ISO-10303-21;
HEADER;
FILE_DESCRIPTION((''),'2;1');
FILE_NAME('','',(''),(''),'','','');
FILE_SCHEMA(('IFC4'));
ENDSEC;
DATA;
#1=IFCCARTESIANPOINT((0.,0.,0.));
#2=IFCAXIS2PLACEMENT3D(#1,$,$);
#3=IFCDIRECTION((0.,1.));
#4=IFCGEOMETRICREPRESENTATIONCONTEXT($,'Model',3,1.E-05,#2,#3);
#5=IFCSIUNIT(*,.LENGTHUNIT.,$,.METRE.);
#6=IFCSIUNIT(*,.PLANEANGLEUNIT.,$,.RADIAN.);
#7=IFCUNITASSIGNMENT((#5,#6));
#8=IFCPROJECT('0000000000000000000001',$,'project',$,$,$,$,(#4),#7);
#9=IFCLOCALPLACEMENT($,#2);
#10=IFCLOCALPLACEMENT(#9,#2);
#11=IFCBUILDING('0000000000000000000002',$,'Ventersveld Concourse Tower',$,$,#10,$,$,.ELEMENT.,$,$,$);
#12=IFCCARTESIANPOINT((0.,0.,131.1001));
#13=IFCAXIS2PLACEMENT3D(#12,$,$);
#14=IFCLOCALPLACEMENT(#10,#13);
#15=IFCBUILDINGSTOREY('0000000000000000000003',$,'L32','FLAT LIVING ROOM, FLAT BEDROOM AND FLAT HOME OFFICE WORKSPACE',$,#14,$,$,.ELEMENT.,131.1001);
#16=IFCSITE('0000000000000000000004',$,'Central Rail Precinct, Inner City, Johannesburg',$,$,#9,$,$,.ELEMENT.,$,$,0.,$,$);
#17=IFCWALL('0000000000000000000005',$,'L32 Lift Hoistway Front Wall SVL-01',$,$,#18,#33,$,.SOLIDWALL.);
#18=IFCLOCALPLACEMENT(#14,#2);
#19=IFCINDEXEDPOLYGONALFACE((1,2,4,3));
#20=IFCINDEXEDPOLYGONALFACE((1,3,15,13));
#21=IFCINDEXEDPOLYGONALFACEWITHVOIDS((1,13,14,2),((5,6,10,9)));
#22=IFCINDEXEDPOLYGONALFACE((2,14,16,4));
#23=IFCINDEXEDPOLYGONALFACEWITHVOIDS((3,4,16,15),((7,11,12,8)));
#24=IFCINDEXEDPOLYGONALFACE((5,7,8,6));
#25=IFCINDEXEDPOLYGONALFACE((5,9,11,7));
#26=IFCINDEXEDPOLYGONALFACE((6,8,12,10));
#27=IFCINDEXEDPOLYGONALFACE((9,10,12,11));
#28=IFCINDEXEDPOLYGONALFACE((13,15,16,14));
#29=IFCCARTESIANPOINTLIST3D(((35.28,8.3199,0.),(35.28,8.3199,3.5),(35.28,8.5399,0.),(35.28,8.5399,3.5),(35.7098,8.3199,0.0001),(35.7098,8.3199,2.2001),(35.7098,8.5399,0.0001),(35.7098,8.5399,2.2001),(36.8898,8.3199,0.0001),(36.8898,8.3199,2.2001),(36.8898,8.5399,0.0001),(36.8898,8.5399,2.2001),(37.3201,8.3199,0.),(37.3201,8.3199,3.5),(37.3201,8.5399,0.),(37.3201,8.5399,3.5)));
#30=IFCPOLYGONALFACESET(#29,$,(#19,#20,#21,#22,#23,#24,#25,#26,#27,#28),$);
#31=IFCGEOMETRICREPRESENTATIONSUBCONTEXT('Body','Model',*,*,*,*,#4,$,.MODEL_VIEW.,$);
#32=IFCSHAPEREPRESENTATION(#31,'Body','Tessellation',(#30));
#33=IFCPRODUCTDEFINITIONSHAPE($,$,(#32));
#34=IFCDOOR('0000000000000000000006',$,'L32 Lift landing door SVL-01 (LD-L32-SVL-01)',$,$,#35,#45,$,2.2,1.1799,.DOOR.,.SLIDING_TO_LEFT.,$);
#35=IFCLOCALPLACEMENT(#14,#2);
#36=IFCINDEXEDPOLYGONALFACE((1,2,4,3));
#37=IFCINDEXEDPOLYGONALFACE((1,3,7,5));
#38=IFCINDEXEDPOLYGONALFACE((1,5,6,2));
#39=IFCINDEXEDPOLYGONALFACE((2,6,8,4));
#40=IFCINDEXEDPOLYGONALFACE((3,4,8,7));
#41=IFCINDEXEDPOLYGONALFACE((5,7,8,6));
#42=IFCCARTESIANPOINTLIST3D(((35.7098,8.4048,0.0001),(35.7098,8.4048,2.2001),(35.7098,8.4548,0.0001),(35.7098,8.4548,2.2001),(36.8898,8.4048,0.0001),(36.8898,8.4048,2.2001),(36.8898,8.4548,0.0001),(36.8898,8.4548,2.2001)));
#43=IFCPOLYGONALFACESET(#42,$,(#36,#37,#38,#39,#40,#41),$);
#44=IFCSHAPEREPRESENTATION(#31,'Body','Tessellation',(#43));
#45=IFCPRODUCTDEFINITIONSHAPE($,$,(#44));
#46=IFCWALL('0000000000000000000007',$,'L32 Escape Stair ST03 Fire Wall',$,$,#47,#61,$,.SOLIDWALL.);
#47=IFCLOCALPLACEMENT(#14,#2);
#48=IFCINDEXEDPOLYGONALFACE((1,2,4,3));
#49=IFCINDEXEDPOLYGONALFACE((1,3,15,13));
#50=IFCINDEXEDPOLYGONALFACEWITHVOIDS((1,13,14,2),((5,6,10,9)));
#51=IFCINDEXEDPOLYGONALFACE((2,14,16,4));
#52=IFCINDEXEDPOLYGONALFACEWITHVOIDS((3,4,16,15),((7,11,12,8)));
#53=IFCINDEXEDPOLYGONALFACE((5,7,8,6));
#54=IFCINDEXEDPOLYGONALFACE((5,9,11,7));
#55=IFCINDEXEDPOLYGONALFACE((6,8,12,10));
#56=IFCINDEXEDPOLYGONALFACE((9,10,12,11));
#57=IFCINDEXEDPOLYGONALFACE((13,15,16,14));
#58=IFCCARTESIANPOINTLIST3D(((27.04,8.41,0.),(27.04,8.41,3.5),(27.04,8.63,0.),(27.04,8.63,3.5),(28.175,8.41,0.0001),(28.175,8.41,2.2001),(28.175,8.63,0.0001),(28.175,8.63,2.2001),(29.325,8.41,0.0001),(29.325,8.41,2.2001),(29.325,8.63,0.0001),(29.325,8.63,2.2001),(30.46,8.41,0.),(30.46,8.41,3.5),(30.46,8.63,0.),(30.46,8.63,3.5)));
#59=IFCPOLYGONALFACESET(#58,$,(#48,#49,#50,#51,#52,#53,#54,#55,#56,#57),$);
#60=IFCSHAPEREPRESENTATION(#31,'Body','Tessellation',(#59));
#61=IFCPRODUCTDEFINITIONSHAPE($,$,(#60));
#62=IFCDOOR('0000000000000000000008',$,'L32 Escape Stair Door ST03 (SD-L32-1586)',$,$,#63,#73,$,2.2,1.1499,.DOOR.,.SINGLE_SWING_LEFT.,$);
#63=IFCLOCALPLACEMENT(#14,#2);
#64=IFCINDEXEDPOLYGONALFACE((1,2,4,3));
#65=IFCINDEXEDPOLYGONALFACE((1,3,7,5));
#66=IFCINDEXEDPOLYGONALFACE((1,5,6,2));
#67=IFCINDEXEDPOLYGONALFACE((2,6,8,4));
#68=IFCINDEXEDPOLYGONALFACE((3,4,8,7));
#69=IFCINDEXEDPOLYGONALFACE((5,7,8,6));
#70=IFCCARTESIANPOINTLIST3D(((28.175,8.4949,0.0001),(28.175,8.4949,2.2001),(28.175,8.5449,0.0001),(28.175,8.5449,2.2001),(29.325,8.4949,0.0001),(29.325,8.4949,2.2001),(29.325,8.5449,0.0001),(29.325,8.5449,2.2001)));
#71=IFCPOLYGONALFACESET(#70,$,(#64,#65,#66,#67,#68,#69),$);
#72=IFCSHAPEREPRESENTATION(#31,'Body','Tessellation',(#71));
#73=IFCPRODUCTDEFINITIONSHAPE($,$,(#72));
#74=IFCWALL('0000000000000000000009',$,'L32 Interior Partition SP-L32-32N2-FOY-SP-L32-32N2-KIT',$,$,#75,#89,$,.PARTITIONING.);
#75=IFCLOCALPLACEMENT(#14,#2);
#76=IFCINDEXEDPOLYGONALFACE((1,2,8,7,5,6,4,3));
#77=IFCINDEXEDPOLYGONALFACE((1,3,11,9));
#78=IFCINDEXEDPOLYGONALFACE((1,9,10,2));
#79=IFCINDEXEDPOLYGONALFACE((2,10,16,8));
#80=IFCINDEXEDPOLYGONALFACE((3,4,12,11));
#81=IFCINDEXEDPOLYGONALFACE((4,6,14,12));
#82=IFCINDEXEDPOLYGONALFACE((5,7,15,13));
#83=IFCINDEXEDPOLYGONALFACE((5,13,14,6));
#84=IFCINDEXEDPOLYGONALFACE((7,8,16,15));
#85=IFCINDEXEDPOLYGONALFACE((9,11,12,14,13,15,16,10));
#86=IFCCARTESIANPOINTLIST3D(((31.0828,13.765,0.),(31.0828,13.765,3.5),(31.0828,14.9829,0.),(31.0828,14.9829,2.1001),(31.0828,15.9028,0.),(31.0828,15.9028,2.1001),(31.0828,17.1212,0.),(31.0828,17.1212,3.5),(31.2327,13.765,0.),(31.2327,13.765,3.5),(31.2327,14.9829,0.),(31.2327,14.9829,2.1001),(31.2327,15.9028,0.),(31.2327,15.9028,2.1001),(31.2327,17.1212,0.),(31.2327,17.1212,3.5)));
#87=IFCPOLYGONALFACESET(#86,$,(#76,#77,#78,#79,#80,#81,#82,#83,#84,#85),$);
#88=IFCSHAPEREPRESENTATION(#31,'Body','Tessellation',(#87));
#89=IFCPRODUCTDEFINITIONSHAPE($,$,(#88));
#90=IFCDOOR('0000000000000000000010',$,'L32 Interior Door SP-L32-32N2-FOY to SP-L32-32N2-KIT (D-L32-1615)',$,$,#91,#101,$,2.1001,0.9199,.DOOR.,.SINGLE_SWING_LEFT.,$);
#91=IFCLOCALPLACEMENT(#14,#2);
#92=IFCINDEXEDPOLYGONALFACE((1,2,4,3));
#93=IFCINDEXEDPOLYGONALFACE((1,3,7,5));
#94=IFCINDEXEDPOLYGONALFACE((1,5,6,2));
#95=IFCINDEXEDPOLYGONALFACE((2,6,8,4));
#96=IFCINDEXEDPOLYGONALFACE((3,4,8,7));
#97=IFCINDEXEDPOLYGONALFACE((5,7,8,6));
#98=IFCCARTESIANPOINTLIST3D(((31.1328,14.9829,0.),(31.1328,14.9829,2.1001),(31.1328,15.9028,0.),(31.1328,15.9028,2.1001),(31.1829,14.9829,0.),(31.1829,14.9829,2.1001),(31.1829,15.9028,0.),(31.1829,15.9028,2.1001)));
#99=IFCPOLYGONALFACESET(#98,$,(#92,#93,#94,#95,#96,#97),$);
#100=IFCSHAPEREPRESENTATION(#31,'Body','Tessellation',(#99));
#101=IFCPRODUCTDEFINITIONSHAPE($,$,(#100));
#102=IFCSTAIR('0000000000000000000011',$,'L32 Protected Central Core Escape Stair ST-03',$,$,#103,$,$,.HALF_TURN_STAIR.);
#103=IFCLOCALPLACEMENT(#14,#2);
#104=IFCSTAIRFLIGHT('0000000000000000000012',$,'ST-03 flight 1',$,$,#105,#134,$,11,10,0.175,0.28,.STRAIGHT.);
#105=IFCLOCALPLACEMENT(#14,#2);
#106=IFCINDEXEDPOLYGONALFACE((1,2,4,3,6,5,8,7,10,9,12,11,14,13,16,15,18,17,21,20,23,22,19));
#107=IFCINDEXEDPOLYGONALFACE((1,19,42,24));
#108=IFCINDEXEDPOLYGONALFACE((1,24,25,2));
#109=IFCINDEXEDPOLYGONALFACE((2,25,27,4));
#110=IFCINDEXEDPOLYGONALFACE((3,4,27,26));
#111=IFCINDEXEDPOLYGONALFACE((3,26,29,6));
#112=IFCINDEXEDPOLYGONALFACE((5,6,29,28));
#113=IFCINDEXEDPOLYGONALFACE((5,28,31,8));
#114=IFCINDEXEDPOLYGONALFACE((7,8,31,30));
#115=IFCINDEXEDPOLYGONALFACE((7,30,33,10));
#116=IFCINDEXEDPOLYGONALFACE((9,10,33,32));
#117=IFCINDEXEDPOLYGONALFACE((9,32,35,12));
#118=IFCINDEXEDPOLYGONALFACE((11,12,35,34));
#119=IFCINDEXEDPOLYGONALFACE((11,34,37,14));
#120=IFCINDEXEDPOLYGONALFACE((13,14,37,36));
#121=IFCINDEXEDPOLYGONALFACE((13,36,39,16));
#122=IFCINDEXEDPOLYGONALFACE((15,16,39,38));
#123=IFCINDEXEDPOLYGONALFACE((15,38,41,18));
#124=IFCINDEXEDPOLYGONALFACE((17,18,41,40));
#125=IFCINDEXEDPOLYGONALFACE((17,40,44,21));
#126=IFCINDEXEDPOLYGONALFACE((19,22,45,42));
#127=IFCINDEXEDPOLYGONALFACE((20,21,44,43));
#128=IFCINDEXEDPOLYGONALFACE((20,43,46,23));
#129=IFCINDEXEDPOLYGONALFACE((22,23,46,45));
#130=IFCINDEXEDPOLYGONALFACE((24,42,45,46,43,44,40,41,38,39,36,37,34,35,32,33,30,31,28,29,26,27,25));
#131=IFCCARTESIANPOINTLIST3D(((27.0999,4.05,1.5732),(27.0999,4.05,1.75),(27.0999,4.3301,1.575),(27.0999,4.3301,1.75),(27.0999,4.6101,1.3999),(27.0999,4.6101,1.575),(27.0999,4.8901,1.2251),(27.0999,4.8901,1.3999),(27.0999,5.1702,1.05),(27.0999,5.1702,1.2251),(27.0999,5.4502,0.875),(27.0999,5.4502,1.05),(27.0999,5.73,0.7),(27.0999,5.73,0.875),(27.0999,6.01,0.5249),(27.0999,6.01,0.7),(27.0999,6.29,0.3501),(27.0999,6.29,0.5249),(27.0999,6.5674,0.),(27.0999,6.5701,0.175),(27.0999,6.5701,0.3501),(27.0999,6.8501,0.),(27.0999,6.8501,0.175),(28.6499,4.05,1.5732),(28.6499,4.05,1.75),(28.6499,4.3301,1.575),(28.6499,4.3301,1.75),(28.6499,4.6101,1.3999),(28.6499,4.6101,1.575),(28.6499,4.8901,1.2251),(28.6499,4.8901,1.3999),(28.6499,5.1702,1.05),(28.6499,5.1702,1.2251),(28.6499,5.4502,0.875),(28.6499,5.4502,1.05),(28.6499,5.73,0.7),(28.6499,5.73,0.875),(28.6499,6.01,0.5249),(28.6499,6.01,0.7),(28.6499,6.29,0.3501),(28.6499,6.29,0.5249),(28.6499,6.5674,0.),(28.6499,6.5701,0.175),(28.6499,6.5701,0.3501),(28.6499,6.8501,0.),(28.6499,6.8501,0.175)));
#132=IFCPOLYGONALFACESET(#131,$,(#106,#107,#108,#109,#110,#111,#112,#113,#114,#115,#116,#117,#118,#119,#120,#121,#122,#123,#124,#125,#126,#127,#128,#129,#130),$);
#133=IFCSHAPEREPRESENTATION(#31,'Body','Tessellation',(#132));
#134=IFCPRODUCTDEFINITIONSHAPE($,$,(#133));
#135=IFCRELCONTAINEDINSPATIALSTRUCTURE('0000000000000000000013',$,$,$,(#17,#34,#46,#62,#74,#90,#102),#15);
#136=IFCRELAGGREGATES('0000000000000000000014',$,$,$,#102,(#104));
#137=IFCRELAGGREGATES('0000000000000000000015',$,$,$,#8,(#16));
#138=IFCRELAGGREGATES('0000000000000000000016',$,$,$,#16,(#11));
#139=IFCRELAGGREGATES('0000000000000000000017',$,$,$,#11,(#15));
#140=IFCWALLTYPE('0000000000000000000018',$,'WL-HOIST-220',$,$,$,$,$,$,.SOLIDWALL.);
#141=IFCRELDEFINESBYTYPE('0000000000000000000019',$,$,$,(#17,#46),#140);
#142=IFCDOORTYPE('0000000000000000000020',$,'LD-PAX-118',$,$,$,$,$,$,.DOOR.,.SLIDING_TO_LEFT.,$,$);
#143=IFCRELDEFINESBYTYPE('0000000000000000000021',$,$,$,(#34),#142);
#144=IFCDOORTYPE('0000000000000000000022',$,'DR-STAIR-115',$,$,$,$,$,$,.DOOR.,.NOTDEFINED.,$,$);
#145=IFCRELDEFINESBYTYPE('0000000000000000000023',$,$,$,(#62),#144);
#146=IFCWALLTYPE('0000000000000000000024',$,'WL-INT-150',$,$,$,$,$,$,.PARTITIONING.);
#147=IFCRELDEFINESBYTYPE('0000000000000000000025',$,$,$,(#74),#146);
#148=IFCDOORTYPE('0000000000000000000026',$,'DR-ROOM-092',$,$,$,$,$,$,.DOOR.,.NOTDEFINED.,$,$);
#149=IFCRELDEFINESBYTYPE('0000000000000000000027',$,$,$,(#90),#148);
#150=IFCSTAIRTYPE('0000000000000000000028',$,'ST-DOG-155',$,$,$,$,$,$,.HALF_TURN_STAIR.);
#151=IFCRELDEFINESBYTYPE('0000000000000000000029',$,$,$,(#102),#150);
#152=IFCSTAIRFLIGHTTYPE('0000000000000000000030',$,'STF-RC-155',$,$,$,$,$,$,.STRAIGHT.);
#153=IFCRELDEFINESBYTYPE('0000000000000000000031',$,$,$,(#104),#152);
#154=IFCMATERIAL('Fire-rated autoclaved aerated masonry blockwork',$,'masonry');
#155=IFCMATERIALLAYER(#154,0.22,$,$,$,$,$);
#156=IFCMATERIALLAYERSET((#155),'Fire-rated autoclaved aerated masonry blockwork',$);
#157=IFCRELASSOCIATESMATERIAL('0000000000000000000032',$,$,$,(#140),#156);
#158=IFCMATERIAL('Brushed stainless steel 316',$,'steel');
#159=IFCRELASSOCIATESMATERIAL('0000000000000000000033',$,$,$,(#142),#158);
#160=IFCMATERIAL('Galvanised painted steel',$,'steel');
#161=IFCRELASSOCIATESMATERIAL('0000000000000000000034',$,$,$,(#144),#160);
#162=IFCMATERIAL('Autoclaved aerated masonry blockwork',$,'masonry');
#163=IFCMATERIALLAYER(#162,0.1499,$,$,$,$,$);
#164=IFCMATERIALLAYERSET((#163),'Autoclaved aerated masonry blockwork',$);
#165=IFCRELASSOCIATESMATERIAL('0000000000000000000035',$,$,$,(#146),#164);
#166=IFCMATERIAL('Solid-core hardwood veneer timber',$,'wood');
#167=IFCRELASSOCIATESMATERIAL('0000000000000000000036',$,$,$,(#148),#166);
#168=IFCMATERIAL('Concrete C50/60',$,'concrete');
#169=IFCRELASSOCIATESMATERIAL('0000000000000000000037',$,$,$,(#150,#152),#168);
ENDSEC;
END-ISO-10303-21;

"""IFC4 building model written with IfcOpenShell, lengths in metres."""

from ifc_helpers import new_model, si_unit, direction, frame, frame_2d, origin, place, context, subcontext, project, spatial, polyline, rectangle, outline, extrude, material, layer, layer_set, type_object, element, fill, aggregate, save


model = new_model("IFC4")

# Units and contexts
model_context = context("Model", 3, precision=1e-05, world=origin(), true_north=direction((0.0, 1.0)))
body_context = subcontext(model_context, "Body", "Model", "MODEL_VIEW")
ifc_project = project(units=[si_unit("LENGTHUNIT", "METRE"), si_unit("PLANEANGLEUNIT", "RADIAN")], contexts=[model_context])

# Site, building, storey
site_placement = place(None, origin())
site = spatial("IfcSite", under=ifc_project, at=site_placement, Name="Central Rail Precinct, Inner City, Johannesburg", CompositionType="ELEMENT", RefElevation=0.0)
building_placement = place(site_placement, origin())
building = spatial("IfcBuilding", under=site, at=building_placement, Name="Ventersveld Concourse Tower", CompositionType="ELEMENT")
storey_placement = place(building_placement, frame((0.0, 0.0, 131.1001)))
storey = spatial("IfcBuildingStorey", under=building, at=storey_placement, Name="L32", Description="FLAT LIVING ROOM, FLAT BEDROOM AND FLAT HOME OFFICE WORKSPACE", CompositionType="ELEMENT", Elevation=131.1001)

# Shared definitions
ifc_material_1 = material(Name="Concrete C50/60", Category="concrete")

# Shared definitions
ifc_material_2 = material(Name="Fire-rated autoclaved aerated masonry blockwork", Category="masonry")
ifc_material_3 = material(Name="Solid-core hardwood veneer timber", Category="wood")

# Shared definitions
ifc_layer_1 = layer(ifc_material_2, 0.22)
ifc_layer_set_1 = layer_set([ifc_layer_1], Name="Fire-rated autoclaved aerated masonry blockwork")
wall_type_1 = type_object("IfcWallType", Name="WL-HOIST-220", PredefinedType="SOLIDWALL", material=ifc_layer_set_1)

# Walls, openings, doors
wall_1_placement = place(storey_placement, frame((35.28, 8.4299, 0.0), z_axis=(0.0, 0.0, 1.0), x_axis=(1.0, 0.0, 0.0)))
wall_1 = element("IfcWall", 1, at=wall_1_placement, inside=storey, type_object=wall_type_1, Name="L32 Lift Hoistway Front Wall SVL-01", PredefinedType="SOLIDWALL", context=body_context, shape_type="SweptSolid", body=[
    extrude(rectangle(XDim=2.04, YDim=0.22, at=frame_2d((1.02, 0.0))), origin(), (0.0, 0.0, 1.0), 3.5),
])
opening_1_placement = place(wall_1_placement, frame((0.4299, 0.0, 0.0)))
opening_1 = element("IfcOpeningElement", 2, at=opening_1_placement, cuts=wall_1, PredefinedType="OPENING", context=body_context, shape_type="SweptSolid", body=[
    extrude(rectangle(XDim=1.1799, YDim=2.2, at=frame_2d((0.5898, 1.1001))), frame((0.0, 0.1201, 0.0), z_axis=(0.0, -1.0, 0.0), x_axis=(1.0, 0.0, 0.0)), (0.0, 0.0, 1.0), 0.24),
])
ifc_material_4 = material(Name="Brushed stainless steel 316", Category="steel")
door_type_1 = type_object("IfcDoorType", Name="LD-PAX-118", OperationType="SLIDING_TO_LEFT", PredefinedType="DOOR", material=ifc_material_4)
door_1_placement = place(opening_1_placement, origin())
door_1 = element("IfcDoor", 3, at=door_1_placement, inside=storey, type_object=door_type_1, Name="L32 Lift landing door SVL-01 (LD-L32-SVL-01)", OperationType="SLIDING_TO_LEFT", OverallHeight=2.2, OverallWidth=1.1799, PredefinedType="DOOR", context=body_context, shape_type="SweptSolid", body=[
    extrude(rectangle(XDim=1.1799, YDim=2.2, at=frame_2d((0.5898, 1.1001))), frame((0.0, 0.0249, 0.0), z_axis=(0.0, -1.0, 0.0), x_axis=(1.0, 0.0, 0.0)), (0.0, 0.0, 1.0), 0.05),
])
fill(opening_1, door_1)
wall_2_placement = place(storey_placement, frame((27.04, 8.52, 0.0), z_axis=(0.0, 0.0, 1.0), x_axis=(1.0, 0.0, 0.0)))
wall_2 = element("IfcWall", 4, at=wall_2_placement, inside=storey, type_object=wall_type_1, Name="L32 Escape Stair ST03 Fire Wall", PredefinedType="SOLIDWALL", context=body_context, shape_type="SweptSolid", body=[
    extrude(rectangle(XDim=3.4199, YDim=0.22, at=frame_2d((1.71, 0.0))), origin(), (0.0, 0.0, 1.0), 3.5),
])
opening_2_placement = place(wall_2_placement, frame((1.135, 0.0, 0.0)))
opening_2 = element("IfcOpeningElement", 5, at=opening_2_placement, cuts=wall_2, PredefinedType="OPENING", context=body_context, shape_type="SweptSolid", body=[
    extrude(rectangle(XDim=1.1499, YDim=2.2, at=frame_2d((0.575, 1.1001))), frame((0.0, 0.1201, 0.0), z_axis=(0.0, -1.0, 0.0), x_axis=(1.0, 0.0, 0.0)), (0.0, 0.0, 1.0), 0.24),
])
ifc_material_5 = material(Name="Galvanised painted steel", Category="steel")
door_type_2 = type_object("IfcDoorType", Name="DR-STAIR-115", OperationType="NOTDEFINED", PredefinedType="DOOR", material=ifc_material_5)
door_2_placement = place(opening_2_placement, origin())
door_2 = element("IfcDoor", 6, at=door_2_placement, inside=storey, type_object=door_type_2, Name="L32 Escape Stair Door ST03 (SD-L32-1586)", OperationType="SINGLE_SWING_LEFT", OverallHeight=2.2, OverallWidth=1.1499, PredefinedType="DOOR", context=body_context, shape_type="SweptSolid", body=[
    extrude(rectangle(XDim=1.1499, YDim=2.2, at=frame_2d((0.575, 1.1001))), frame((0.0, 0.0249, 0.0), z_axis=(0.0, -1.0, 0.0), x_axis=(1.0, 0.0, 0.0)), (0.0, 0.0, 1.0), 0.05),
])
fill(opening_2, door_2)
ifc_material_6 = material(Name="Autoclaved aerated masonry blockwork", Category="masonry")
ifc_layer_2 = layer(ifc_material_6, 0.1499)
ifc_layer_set_2 = layer_set([ifc_layer_2], Name="Autoclaved aerated masonry blockwork")
wall_type_2 = type_object("IfcWallType", Name="WL-INT-150", PredefinedType="PARTITIONING", material=ifc_layer_set_2)
wall_3_placement = place(storey_placement, frame((31.1577, 13.7649, 0.0), z_axis=(0.0, 0.0, 1.0), x_axis=(0.0, 1.0, 0.0)))
wall_3 = element("IfcWall", 7, at=wall_3_placement, inside=storey, type_object=wall_type_2, Name="L32 Interior Partition SP-L32-32N2-FOY-SP-L32-32N2-KIT", PredefinedType="PARTITIONING", context=body_context, shape_type="SweptSolid", body=[
    extrude(rectangle(XDim=3.3562, YDim=0.1499, at=frame_2d((1.6782, 0.0))), origin(), (0.0, 0.0, 1.0), 3.5),
])
opening_3_placement = place(wall_3_placement, frame((1.218, 0.0, 0.0)))
opening_3 = element("IfcOpeningElement", 8, at=opening_3_placement, cuts=wall_3, PredefinedType="OPENING", context=body_context, shape_type="SweptSolid", body=[
    extrude(rectangle(XDim=0.9199, YDim=2.1001, at=frame_2d((0.46, 1.05))), frame((0.0, 0.085, 0.0), z_axis=(0.0, -1.0, 0.0), x_axis=(1.0, 0.0, 0.0)), (0.0, 0.0, 1.0), 0.1699),
])
door_type_3 = type_object("IfcDoorType", Name="DR-ROOM-092", OperationType="NOTDEFINED", PredefinedType="DOOR", material=ifc_material_3)
door_3_placement = place(opening_3_placement, origin())
door_3 = element("IfcDoor", 9, at=door_3_placement, inside=storey, type_object=door_type_3, Name="L32 Interior Door SP-L32-32N2-FOY to SP-L32-32N2-KIT (D-L32-1615)", OperationType="SINGLE_SWING_LEFT", OverallHeight=2.1001, OverallWidth=0.9199, PredefinedType="DOOR", context=body_context, shape_type="SweptSolid", body=[
    extrude(rectangle(XDim=0.9199, YDim=2.1001, at=frame_2d((0.46, 1.05))), frame((0.0, 0.0249, 0.0), z_axis=(0.0, -1.0, 0.0), x_axis=(1.0, 0.0, 0.0)), (0.0, 0.0, 1.0), 0.05),
])
fill(opening_3, door_3)

# Stair, stair flight
stair_type = type_object("IfcStairType", Name="ST-DOG-155", PredefinedType="HALF_TURN_STAIR", material=ifc_material_1)
stair_placement = place(storey_placement, origin())
stair = element("IfcStair", 10, at=stair_placement, inside=storey, type_object=stair_type, Name="L32 Protected Central Core Escape Stair ST-03", PredefinedType="HALF_TURN_STAIR")
stair_flight_type = type_object("IfcStairFlightType", Name="STF-RC-155", PredefinedType="STRAIGHT", material=ifc_material_1)
stair_flight_placement = place(storey_placement, frame((27.875, 6.8501, 0.0), z_axis=(0.0, 0.0, 1.0), x_axis=(0.0, -1.0, 0.0)))
stair_flight = element("IfcStairFlight", 11, at=stair_flight_placement, type_object=stair_flight_type, Name="ST-03 flight 1", NumberOfRisers=11, NumberOfTreads=10, PredefinedType="STRAIGHT", RiserHeight=0.175, TreadLength=0.28, context=body_context, shape_type="SweptSolid", body=[
    extrude(outline(polyline([(0.0, 0.0), (0.0, 0.175), (0.28, 0.175), (0.28, 0.3501), (0.5601, 0.3501), (0.5601, 0.5249), (0.8401, 0.5249), (0.8401, 0.7), (1.1201, 0.7), (1.1201, 0.875), (1.3999, 0.875), (1.3999, 1.05), (1.6799, 1.05), (1.6799, 1.2251), (1.96, 1.2251), (1.96, 1.3999), (2.24, 1.3999), (2.24, 1.575), (2.52, 1.575), (2.52, 1.75), (2.8, 1.75), (2.8, 1.925), (2.8, 1.5732), (0.2827, 0.0), (0.0, 0.0)])), frame((0.0, 0.7749, 0.0), z_axis=(0.0, -1.0, 0.0), x_axis=(1.0, 0.0, 0.0)), (0.0, 0.0, 1.0), 1.55),
])
aggregate(stair, [stair_flight])

save(model, "model.ifc")
